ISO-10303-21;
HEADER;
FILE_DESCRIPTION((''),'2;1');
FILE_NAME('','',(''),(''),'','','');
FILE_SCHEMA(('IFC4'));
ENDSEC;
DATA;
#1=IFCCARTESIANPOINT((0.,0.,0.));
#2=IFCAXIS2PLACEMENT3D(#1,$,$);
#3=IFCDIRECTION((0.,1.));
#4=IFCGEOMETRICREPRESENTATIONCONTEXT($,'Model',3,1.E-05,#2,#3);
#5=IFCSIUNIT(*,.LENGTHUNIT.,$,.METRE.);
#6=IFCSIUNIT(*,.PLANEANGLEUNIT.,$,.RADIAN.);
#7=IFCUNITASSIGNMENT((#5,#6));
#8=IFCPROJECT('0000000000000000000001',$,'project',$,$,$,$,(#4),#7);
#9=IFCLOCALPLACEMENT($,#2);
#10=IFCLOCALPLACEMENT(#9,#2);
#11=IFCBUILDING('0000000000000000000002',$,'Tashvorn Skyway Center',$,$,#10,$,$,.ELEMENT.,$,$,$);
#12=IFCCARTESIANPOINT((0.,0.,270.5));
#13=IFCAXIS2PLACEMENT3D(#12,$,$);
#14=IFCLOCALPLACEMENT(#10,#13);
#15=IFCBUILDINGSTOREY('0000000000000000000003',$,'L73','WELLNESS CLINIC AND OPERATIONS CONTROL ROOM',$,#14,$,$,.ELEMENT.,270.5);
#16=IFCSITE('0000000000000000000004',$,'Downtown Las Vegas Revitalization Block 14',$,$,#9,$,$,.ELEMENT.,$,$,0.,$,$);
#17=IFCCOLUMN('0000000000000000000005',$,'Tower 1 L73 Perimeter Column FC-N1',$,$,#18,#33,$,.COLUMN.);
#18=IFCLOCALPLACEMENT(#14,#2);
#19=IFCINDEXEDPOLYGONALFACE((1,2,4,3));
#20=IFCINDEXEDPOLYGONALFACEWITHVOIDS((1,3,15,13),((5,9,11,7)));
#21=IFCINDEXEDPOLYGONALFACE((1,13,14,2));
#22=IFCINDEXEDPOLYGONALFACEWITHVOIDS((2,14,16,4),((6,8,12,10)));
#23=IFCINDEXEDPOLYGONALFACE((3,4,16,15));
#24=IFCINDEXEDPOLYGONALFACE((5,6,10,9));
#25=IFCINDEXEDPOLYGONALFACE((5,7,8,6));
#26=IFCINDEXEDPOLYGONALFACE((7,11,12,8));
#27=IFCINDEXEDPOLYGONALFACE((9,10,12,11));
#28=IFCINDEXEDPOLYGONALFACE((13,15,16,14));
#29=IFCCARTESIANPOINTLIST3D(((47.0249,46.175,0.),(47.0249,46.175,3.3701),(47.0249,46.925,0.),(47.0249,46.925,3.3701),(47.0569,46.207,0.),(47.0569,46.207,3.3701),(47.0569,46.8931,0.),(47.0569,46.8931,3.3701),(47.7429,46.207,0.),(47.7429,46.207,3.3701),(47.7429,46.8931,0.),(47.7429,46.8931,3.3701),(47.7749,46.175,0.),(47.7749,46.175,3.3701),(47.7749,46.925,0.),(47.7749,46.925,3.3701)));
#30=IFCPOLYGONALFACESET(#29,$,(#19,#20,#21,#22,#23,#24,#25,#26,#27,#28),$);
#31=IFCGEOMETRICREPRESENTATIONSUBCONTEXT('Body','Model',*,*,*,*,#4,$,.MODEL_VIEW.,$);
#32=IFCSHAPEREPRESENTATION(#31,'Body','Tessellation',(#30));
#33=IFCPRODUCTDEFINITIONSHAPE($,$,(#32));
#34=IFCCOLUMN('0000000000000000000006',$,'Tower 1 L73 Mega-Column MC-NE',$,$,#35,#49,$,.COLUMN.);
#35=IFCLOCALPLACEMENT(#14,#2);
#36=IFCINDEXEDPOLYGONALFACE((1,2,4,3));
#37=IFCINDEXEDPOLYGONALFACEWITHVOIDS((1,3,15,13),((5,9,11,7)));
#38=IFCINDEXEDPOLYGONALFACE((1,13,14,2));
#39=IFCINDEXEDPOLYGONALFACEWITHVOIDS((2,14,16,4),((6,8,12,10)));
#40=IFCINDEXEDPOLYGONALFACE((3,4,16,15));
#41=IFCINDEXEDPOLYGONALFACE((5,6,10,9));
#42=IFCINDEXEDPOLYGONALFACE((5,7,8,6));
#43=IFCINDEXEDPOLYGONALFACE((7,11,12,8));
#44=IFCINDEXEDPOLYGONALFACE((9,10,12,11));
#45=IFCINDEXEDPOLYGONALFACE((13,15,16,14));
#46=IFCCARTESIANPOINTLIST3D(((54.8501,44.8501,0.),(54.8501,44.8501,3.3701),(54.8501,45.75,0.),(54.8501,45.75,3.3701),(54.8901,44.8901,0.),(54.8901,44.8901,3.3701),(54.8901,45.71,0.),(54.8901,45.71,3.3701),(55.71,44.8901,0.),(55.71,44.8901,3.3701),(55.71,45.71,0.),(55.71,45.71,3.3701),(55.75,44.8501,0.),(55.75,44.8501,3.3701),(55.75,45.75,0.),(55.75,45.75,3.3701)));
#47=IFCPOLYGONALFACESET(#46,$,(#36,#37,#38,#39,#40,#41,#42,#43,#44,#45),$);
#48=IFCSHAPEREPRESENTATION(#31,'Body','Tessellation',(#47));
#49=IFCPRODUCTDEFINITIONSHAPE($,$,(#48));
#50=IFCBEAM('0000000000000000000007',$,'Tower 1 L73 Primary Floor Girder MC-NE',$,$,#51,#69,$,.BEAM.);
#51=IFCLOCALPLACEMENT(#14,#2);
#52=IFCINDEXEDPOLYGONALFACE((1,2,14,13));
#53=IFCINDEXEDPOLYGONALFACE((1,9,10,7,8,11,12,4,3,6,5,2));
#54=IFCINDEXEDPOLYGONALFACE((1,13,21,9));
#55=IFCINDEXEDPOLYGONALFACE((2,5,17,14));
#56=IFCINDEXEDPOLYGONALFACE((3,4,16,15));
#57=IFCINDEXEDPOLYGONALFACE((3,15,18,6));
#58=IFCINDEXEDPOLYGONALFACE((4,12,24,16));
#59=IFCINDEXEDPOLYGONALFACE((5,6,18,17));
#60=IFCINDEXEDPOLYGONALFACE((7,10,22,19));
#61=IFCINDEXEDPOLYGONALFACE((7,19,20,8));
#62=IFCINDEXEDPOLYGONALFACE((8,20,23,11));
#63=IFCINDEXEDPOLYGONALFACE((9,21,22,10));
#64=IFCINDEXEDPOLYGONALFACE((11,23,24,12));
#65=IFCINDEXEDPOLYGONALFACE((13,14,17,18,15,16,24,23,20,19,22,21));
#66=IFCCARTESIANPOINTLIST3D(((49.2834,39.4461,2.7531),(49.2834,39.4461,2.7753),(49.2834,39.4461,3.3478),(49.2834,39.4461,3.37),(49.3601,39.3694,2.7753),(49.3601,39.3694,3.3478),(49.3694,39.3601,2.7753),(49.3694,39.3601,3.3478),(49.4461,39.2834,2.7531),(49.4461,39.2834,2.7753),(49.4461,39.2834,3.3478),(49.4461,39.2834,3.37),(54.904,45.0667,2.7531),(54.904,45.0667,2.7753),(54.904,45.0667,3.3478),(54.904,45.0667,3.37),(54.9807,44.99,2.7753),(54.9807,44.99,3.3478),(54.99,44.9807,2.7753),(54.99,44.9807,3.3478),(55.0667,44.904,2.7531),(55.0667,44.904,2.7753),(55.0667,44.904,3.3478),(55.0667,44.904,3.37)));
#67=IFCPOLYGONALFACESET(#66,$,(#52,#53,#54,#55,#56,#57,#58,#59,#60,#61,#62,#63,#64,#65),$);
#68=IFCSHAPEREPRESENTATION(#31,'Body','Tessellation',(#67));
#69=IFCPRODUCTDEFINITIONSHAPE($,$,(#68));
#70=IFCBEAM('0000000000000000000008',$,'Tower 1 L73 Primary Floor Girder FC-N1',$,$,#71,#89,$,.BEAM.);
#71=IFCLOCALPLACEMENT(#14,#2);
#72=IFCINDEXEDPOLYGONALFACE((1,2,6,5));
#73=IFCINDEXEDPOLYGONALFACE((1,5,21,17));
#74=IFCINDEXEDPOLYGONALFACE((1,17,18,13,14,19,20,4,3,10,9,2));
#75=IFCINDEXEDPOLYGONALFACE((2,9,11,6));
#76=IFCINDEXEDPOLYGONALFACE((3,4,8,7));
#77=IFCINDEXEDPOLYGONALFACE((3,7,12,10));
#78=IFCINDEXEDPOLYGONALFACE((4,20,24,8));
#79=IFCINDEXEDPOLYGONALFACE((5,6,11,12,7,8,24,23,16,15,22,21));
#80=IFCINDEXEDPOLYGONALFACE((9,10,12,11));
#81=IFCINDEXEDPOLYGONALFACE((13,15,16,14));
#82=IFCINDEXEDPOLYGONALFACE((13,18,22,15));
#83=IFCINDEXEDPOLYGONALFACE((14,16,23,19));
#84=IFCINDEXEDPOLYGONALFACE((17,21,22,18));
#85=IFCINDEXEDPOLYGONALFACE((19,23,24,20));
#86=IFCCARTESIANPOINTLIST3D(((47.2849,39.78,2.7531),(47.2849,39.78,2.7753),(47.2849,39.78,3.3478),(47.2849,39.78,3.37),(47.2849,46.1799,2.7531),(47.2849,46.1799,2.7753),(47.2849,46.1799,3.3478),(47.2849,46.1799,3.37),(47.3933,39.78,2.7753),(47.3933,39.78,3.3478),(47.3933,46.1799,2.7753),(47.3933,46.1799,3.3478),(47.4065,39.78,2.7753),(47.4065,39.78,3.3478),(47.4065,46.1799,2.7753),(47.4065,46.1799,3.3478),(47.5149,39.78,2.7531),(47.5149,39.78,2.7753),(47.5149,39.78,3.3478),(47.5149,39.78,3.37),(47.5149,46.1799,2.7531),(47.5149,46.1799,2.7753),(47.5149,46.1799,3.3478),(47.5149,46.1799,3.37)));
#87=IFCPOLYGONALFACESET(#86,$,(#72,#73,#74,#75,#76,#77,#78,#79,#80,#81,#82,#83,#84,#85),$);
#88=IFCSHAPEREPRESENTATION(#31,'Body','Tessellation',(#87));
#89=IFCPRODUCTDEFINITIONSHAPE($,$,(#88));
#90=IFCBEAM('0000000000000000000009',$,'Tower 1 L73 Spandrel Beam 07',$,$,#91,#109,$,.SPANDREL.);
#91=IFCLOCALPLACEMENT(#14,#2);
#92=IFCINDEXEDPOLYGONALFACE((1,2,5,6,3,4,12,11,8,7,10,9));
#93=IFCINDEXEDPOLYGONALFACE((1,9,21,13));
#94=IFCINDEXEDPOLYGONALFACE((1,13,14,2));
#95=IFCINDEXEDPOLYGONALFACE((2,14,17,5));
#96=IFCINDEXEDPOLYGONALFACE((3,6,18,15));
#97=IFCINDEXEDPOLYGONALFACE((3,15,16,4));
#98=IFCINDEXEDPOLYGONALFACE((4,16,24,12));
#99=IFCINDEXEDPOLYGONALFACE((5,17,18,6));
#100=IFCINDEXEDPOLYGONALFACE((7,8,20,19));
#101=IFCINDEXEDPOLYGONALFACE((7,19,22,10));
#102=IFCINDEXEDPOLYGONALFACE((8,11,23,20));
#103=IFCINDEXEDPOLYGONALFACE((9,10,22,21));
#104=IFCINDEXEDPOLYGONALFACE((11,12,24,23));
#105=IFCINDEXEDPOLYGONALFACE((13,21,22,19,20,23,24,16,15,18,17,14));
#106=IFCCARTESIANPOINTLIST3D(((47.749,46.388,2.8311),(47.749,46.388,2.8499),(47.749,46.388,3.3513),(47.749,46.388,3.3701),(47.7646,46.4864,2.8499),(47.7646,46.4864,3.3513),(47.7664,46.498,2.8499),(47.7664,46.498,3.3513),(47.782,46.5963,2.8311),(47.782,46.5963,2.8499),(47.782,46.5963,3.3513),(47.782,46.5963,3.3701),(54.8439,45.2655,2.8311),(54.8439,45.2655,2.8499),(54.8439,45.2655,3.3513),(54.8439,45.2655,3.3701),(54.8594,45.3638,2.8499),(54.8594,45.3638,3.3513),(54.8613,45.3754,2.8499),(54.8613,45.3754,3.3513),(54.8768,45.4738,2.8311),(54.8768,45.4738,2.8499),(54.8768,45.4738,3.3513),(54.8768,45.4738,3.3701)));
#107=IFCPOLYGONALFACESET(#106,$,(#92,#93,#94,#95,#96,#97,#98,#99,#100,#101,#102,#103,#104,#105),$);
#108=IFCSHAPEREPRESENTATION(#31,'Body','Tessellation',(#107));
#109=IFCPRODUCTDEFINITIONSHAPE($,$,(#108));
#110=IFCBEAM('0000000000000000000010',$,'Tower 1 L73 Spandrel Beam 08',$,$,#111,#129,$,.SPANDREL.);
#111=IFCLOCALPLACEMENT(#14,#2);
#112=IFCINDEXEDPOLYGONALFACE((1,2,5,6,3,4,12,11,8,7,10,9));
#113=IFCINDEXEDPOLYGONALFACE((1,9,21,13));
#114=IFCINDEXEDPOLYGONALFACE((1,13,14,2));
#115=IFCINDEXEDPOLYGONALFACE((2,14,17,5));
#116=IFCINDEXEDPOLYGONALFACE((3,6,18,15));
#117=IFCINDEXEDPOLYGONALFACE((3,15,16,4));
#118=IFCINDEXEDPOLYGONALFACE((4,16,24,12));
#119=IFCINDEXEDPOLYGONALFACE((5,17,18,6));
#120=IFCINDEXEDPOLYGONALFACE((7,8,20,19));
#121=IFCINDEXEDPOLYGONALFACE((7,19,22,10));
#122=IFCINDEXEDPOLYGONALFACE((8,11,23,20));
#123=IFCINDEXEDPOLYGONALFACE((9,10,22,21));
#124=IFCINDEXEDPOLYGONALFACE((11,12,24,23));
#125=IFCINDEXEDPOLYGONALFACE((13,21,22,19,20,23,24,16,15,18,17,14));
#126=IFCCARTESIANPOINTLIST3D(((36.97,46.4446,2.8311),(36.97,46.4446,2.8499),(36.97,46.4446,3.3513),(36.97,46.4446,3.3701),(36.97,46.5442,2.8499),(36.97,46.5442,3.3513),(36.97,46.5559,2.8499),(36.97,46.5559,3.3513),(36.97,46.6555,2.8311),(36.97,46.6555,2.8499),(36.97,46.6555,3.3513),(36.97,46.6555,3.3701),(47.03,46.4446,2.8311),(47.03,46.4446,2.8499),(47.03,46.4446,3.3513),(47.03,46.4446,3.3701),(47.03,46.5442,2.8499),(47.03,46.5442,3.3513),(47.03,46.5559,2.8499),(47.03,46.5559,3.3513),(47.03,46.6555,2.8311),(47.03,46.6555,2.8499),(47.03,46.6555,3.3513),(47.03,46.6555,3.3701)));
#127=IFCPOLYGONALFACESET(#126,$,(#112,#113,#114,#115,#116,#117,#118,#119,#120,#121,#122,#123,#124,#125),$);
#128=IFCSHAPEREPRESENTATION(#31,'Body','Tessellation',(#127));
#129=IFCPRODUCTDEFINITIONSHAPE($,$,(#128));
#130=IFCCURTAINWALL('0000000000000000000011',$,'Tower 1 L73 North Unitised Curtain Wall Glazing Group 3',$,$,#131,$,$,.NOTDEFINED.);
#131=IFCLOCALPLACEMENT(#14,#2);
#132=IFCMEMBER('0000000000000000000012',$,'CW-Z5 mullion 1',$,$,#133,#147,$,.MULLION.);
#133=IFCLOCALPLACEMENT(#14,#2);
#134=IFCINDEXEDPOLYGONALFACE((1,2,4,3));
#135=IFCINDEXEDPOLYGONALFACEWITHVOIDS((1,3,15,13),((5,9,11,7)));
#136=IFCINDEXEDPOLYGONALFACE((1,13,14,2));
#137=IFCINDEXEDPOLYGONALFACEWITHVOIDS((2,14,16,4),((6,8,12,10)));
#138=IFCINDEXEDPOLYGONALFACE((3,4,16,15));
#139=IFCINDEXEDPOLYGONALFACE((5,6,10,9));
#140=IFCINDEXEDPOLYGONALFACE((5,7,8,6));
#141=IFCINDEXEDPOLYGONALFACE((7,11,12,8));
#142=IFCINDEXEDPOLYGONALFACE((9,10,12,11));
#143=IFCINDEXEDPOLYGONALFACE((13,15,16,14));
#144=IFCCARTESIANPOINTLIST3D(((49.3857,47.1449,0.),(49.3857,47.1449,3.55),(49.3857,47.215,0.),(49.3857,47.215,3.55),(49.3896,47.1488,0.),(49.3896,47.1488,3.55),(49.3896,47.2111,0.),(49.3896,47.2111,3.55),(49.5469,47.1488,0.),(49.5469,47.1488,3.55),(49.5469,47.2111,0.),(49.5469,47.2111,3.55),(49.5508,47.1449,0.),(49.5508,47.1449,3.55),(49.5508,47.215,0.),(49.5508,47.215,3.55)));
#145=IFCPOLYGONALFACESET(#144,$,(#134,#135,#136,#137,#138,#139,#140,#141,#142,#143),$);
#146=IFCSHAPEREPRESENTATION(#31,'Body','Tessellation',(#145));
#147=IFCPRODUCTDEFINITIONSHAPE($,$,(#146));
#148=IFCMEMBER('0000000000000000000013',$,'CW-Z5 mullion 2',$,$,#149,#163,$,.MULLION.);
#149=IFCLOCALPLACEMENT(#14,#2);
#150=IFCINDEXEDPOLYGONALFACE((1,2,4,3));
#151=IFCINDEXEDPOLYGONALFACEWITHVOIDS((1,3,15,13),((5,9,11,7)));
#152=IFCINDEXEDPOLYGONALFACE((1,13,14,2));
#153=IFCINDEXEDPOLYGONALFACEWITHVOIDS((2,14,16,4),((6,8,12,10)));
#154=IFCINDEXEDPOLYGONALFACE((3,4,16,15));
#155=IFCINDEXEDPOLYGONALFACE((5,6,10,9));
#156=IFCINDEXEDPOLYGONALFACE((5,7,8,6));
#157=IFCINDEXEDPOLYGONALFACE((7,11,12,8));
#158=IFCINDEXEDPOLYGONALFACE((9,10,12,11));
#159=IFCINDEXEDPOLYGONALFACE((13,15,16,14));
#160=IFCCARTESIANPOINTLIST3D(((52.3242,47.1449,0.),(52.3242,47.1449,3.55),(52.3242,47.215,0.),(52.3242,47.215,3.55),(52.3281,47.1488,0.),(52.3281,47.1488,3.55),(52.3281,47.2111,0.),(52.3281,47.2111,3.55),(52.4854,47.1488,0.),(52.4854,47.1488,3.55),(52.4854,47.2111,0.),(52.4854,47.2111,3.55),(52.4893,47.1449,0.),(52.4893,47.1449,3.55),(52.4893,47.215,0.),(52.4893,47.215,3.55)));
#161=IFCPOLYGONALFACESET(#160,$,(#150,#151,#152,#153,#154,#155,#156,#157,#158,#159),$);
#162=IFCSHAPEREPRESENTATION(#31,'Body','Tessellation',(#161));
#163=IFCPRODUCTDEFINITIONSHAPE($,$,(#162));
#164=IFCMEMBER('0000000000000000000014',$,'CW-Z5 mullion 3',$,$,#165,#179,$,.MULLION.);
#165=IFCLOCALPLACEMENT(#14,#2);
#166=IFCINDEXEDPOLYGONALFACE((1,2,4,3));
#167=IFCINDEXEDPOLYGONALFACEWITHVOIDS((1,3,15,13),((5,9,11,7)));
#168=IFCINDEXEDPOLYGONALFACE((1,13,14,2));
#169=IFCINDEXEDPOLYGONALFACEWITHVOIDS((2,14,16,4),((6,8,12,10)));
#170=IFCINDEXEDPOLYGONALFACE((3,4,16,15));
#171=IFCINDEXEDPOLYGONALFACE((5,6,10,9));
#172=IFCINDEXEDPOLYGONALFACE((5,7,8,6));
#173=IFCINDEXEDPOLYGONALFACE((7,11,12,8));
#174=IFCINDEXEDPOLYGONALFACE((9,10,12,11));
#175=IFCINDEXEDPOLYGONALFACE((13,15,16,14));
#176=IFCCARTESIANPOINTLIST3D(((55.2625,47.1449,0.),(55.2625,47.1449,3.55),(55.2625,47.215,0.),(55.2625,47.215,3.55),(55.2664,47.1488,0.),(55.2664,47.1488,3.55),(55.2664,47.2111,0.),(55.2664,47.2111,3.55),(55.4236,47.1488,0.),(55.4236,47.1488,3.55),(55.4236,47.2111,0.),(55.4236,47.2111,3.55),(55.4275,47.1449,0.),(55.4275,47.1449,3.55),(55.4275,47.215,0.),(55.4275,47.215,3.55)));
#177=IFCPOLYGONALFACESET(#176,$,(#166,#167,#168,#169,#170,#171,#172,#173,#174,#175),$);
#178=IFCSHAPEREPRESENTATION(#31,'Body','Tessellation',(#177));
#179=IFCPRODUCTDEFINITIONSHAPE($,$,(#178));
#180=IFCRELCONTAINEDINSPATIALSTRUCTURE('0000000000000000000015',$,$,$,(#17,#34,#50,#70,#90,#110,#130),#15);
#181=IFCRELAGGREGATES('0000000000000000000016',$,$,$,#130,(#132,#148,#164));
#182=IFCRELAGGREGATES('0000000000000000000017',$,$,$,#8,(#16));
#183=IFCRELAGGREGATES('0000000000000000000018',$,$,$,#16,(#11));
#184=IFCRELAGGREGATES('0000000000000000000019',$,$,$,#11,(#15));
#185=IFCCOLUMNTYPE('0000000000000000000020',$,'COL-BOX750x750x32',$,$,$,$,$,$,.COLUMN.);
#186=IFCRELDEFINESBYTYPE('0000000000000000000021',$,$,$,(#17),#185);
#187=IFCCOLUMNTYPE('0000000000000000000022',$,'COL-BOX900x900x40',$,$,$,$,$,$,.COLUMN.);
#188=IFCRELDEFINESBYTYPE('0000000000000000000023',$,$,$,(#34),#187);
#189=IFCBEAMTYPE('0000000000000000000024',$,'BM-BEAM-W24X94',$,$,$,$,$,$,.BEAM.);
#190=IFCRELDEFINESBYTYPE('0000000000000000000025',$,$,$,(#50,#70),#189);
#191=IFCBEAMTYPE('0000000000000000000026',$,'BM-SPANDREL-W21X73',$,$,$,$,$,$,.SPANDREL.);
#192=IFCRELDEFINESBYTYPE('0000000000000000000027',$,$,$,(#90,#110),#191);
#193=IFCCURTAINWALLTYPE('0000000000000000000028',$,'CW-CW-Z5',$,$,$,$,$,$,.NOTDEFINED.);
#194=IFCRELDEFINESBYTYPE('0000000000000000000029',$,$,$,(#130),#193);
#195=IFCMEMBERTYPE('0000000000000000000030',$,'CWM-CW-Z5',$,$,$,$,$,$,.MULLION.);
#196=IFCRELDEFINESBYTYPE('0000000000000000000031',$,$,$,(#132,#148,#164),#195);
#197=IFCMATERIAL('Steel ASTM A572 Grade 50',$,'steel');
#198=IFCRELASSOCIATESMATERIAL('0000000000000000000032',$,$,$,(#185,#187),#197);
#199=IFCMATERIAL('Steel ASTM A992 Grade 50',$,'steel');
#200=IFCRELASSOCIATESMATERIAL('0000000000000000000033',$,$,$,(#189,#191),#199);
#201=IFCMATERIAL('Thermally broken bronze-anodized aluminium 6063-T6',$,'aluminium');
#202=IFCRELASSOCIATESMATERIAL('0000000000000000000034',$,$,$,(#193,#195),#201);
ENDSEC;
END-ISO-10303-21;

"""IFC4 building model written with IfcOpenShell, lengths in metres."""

from ifc_helpers import new_model, si_unit, direction, frame, origin, origin_2d, place, context, subcontext, project, spatial, hollow_rectangle, i_section, extrude, material, material_profile, profile_set, type_object, element, aggregate, save


model = new_model("IFC4")

# Units and contexts
model_context = context("Model", 3, precision=1e-05, world=origin(), true_north=direction((0.0, 1.0)))
body_context = subcontext(model_context, "Body", "Model", "MODEL_VIEW")
ifc_project = project(units=[si_unit("LENGTHUNIT", "METRE"), si_unit("PLANEANGLEUNIT", "RADIAN")], contexts=[model_context])

# Site, building, storey
site_placement = place(None, origin())
site = spatial("IfcSite", under=ifc_project, at=site_placement, Name="Downtown Las Vegas Revitalization Block 14", CompositionType="ELEMENT", RefElevation=0.0)
building_placement = place(site_placement, origin())
building = spatial("IfcBuilding", under=site, at=building_placement, Name="Tashvorn Skyway Center", CompositionType="ELEMENT")
storey_placement = place(building_placement, frame((0.0, 0.0, 270.5)))
storey = spatial("IfcBuildingStorey", under=building, at=storey_placement, Name="L73", Description="WELLNESS CLINIC AND OPERATIONS CONTROL ROOM", CompositionType="ELEMENT", Elevation=270.5)

# Columns
ifc_material_1 = material(Name="Steel ASTM A572 Grade 50", Category="steel")
ifc_material_profile_1 = material_profile(ifc_material_1, hollow_rectangle(XDim=0.75, YDim=0.75, WallThickness=0.032, at=origin_2d()), Name="BOX750x750x32")
ifc_profile_set_1 = profile_set([ifc_material_profile_1], Name="Steel ASTM A572 Grade 50")
column_type_1 = type_object("IfcColumnType", Name="COL-BOX750x750x32", PredefinedType="COLUMN", material=ifc_profile_set_1)
column_1_placement = place(storey_placement, frame((47.3999, 46.55, 0.0), z_axis=(0.0, 0.0, 1.0), x_axis=(1.0, 0.0, 0.0)))
element("IfcColumn", 1, at=column_1_placement, inside=storey, type_object=column_type_1, Name="Tower 1 L73 Perimeter Column FC-N1", PredefinedType="COLUMN", context=body_context, shape_type="SweptSolid", body=[
    extrude(hollow_rectangle(XDim=0.75, YDim=0.75, WallThickness=0.032, at=origin_2d()), origin(), (0.0, 0.0, 1.0), 3.3701),
])
ifc_material_profile_2 = material_profile(ifc_material_1, hollow_rectangle(XDim=0.8999, YDim=0.8999, WallThickness=0.04, at=origin_2d()), Name="BOX900x900x40")
ifc_profile_set_2 = profile_set([ifc_material_profile_2], Name="Steel ASTM A572 Grade 50")
column_type_2 = type_object("IfcColumnType", Name="COL-BOX900x900x40", PredefinedType="COLUMN", material=ifc_profile_set_2)
column_2_placement = place(storey_placement, frame((55.3, 45.3, 0.0), z_axis=(0.0, 0.0, 1.0), x_axis=(1.0, 0.0, 0.0)))
element("IfcColumn", 2, at=column_2_placement, inside=storey, type_object=column_type_2, Name="Tower 1 L73 Mega-Column MC-NE", PredefinedType="COLUMN", context=body_context, shape_type="SweptSolid", body=[
    extrude(hollow_rectangle(XDim=0.8999, YDim=0.8999, WallThickness=0.04, at=origin_2d()), origin(), (0.0, 0.0, 1.0), 3.3701),
])

# Beams
ifc_material_2 = material(Name="Steel ASTM A992 Grade 50", Category="steel")
ifc_material_profile_3 = material_profile(ifc_material_2, i_section(OverallWidth=0.23, OverallDepth=0.6169, WebThickness=0.0132, FlangeThickness=0.0222, at=origin_2d()), Name="W24X94")
ifc_profile_set_3 = profile_set([ifc_material_profile_3], Name="Steel ASTM A992 Grade 50")
beam_type_1 = type_object("IfcBeamType", Name="BM-BEAM-W24X94", PredefinedType="BEAM", material=ifc_profile_set_3)
beam_1_placement = place(storey_placement, frame((54.9854, 44.9854, 3.0615), z_axis=(-0.707107, -0.707107, 0.0), x_axis=(0.707107, -0.707107, 0.0)))
element("IfcBeam", 3, at=beam_1_placement, inside=storey, type_object=beam_type_1, Name="Tower 1 L73 Primary Floor Girder MC-NE", PredefinedType="BEAM", context=body_context, shape_type="SweptSolid", body=[
    extrude(i_section(OverallWidth=0.23, OverallDepth=0.6169, WebThickness=0.0132, FlangeThickness=0.0222, at=origin_2d()), origin(), (0.0, 0.0, 1.0), 7.9487),
])
beam_2_placement = place(storey_placement, frame((47.3999, 46.1799, 3.0615), z_axis=(0.0, -1.0, 0.0), x_axis=(1.0, 0.0, 0.0)))
element("IfcBeam", 4, at=beam_2_placement, inside=storey, type_object=beam_type_1, Name="Tower 1 L73 Primary Floor Girder FC-N1", PredefinedType="BEAM", context=body_context, shape_type="SweptSolid", body=[
    extrude(i_section(OverallWidth=0.23, OverallDepth=0.6169, WebThickness=0.0132, FlangeThickness=0.0222, at=origin_2d()), origin(), (0.0, 0.0, 1.0), 6.3999),
])
ifc_material_profile_4 = material_profile(ifc_material_2, i_section(OverallWidth=0.2109, OverallDepth=0.5391, WebThickness=0.0117, FlangeThickness=0.0188, at=origin_2d()), Name="W21X73")
ifc_profile_set_4 = profile_set([ifc_material_profile_4], Name="Steel ASTM A992 Grade 50")
beam_type_2 = type_object("IfcBeamType", Name="BM-SPANDREL-W21X73", PredefinedType="SPANDREL", material=ifc_profile_set_4)
beam_3_placement = place(storey_placement, frame((54.8604, 45.3696, 3.1006), z_axis=(-0.987714, 0.156275, 0.0), x_axis=(-0.156275, -0.987714, 0.0)))
element("IfcBeam", 5, at=beam_3_placement, inside=storey, type_object=beam_type_2, Name="Tower 1 L73 Spandrel Beam 07", PredefinedType="SPANDREL", context=body_context, shape_type="SweptSolid", body=[
    extrude(i_section(OverallWidth=0.2109, OverallDepth=0.5391, WebThickness=0.0117, FlangeThickness=0.0188, at=origin_2d()), origin(), (0.0, 0.0, 1.0), 7.1831),
])
beam_4_placement = place(storey_placement, frame((47.03, 46.55, 3.1006), z_axis=(-1.0, 0.0, 0.0), x_axis=(0.0, -1.0, 0.0)))
element("IfcBeam", 6, at=beam_4_placement, inside=storey, type_object=beam_type_2, Name="Tower 1 L73 Spandrel Beam 08", PredefinedType="SPANDREL", context=body_context, shape_type="SweptSolid", body=[
    extrude(i_section(OverallWidth=0.2109, OverallDepth=0.5391, WebThickness=0.0117, FlangeThickness=0.0188, at=origin_2d()), origin(), (0.0, 0.0, 1.0), 10.0601),
])

# Curtain wall, members
ifc_material_3 = material(Name="Thermally broken bronze-anodized aluminium 6063-T6", Category="aluminium")
curtain_wall_type = type_object("IfcCurtainWallType", Name="CW-CW-Z5", PredefinedType="NOTDEFINED", material=ifc_material_3)
curtain_wall_1_placement = place(storey_placement, origin())
curtain_wall_1 = element("IfcCurtainWall", 7, at=curtain_wall_1_placement, inside=storey, type_object=curtain_wall_type, Name="Tower 1 L73 North Unitised Curtain Wall Glazing Group 3", PredefinedType="NOTDEFINED")
ifc_material_profile_5 = material_profile(ifc_material_3, hollow_rectangle(XDim=0.0701, YDim=0.165, WallThickness=0.0039, at=origin_2d()), Name="ALU-MULL-70x165")
ifc_profile_set_5 = profile_set([ifc_material_profile_5], Name="Thermally broken bronze-anodized aluminium 6063-T6")
member_type_1 = type_object("IfcMemberType", Name="CWM-CW-Z5", PredefinedType="MULLION", material=ifc_profile_set_5)
member_1_placement = place(storey_placement, frame((49.4683, 47.1799, 0.0), z_axis=(0.0, 0.0, 1.0), x_axis=(0.0, 1.0, 0.0)))
member_1 = element("IfcMember", 8, at=member_1_placement, type_object=member_type_1, Name="CW-Z5 mullion 1", PredefinedType="MULLION", context=body_context, shape_type="SweptSolid", body=[
    extrude(hollow_rectangle(XDim=0.0701, YDim=0.165, WallThickness=0.0039, at=origin_2d()), origin(), (0.0, 0.0, 1.0), 3.55),
])
member_2_placement = place(storey_placement, frame((52.4067, 47.1799, 0.0), z_axis=(0.0, 0.0, 1.0), x_axis=(0.0, 1.0, 0.0)))
member_2 = element("IfcMember", 9, at=member_2_placement, type_object=member_type_1, Name="CW-Z5 mullion 2", PredefinedType="MULLION", context=body_context, shape_type="SweptSolid", body=[
    extrude(hollow_rectangle(XDim=0.0701, YDim=0.165, WallThickness=0.0039, at=origin_2d()), origin(), (0.0, 0.0, 1.0), 3.55),
])
member_3_placement = place(storey_placement, frame((55.345, 47.1799, 0.0), z_axis=(0.0, 0.0, 1.0), x_axis=(0.0, 1.0, 0.0)))
member_3 = element("IfcMember", 10, at=member_3_placement, type_object=member_type_1, Name="CW-Z5 mullion 3", PredefinedType="MULLION", context=body_context, shape_type="SweptSolid", body=[
    extrude(hollow_rectangle(XDim=0.0701, YDim=0.165, WallThickness=0.0039, at=origin_2d()), origin(), (0.0, 0.0, 1.0), 3.55),
])

aggregate(curtain_wall_1, [member_1, member_2, member_3])

save(model, "model.ifc")
